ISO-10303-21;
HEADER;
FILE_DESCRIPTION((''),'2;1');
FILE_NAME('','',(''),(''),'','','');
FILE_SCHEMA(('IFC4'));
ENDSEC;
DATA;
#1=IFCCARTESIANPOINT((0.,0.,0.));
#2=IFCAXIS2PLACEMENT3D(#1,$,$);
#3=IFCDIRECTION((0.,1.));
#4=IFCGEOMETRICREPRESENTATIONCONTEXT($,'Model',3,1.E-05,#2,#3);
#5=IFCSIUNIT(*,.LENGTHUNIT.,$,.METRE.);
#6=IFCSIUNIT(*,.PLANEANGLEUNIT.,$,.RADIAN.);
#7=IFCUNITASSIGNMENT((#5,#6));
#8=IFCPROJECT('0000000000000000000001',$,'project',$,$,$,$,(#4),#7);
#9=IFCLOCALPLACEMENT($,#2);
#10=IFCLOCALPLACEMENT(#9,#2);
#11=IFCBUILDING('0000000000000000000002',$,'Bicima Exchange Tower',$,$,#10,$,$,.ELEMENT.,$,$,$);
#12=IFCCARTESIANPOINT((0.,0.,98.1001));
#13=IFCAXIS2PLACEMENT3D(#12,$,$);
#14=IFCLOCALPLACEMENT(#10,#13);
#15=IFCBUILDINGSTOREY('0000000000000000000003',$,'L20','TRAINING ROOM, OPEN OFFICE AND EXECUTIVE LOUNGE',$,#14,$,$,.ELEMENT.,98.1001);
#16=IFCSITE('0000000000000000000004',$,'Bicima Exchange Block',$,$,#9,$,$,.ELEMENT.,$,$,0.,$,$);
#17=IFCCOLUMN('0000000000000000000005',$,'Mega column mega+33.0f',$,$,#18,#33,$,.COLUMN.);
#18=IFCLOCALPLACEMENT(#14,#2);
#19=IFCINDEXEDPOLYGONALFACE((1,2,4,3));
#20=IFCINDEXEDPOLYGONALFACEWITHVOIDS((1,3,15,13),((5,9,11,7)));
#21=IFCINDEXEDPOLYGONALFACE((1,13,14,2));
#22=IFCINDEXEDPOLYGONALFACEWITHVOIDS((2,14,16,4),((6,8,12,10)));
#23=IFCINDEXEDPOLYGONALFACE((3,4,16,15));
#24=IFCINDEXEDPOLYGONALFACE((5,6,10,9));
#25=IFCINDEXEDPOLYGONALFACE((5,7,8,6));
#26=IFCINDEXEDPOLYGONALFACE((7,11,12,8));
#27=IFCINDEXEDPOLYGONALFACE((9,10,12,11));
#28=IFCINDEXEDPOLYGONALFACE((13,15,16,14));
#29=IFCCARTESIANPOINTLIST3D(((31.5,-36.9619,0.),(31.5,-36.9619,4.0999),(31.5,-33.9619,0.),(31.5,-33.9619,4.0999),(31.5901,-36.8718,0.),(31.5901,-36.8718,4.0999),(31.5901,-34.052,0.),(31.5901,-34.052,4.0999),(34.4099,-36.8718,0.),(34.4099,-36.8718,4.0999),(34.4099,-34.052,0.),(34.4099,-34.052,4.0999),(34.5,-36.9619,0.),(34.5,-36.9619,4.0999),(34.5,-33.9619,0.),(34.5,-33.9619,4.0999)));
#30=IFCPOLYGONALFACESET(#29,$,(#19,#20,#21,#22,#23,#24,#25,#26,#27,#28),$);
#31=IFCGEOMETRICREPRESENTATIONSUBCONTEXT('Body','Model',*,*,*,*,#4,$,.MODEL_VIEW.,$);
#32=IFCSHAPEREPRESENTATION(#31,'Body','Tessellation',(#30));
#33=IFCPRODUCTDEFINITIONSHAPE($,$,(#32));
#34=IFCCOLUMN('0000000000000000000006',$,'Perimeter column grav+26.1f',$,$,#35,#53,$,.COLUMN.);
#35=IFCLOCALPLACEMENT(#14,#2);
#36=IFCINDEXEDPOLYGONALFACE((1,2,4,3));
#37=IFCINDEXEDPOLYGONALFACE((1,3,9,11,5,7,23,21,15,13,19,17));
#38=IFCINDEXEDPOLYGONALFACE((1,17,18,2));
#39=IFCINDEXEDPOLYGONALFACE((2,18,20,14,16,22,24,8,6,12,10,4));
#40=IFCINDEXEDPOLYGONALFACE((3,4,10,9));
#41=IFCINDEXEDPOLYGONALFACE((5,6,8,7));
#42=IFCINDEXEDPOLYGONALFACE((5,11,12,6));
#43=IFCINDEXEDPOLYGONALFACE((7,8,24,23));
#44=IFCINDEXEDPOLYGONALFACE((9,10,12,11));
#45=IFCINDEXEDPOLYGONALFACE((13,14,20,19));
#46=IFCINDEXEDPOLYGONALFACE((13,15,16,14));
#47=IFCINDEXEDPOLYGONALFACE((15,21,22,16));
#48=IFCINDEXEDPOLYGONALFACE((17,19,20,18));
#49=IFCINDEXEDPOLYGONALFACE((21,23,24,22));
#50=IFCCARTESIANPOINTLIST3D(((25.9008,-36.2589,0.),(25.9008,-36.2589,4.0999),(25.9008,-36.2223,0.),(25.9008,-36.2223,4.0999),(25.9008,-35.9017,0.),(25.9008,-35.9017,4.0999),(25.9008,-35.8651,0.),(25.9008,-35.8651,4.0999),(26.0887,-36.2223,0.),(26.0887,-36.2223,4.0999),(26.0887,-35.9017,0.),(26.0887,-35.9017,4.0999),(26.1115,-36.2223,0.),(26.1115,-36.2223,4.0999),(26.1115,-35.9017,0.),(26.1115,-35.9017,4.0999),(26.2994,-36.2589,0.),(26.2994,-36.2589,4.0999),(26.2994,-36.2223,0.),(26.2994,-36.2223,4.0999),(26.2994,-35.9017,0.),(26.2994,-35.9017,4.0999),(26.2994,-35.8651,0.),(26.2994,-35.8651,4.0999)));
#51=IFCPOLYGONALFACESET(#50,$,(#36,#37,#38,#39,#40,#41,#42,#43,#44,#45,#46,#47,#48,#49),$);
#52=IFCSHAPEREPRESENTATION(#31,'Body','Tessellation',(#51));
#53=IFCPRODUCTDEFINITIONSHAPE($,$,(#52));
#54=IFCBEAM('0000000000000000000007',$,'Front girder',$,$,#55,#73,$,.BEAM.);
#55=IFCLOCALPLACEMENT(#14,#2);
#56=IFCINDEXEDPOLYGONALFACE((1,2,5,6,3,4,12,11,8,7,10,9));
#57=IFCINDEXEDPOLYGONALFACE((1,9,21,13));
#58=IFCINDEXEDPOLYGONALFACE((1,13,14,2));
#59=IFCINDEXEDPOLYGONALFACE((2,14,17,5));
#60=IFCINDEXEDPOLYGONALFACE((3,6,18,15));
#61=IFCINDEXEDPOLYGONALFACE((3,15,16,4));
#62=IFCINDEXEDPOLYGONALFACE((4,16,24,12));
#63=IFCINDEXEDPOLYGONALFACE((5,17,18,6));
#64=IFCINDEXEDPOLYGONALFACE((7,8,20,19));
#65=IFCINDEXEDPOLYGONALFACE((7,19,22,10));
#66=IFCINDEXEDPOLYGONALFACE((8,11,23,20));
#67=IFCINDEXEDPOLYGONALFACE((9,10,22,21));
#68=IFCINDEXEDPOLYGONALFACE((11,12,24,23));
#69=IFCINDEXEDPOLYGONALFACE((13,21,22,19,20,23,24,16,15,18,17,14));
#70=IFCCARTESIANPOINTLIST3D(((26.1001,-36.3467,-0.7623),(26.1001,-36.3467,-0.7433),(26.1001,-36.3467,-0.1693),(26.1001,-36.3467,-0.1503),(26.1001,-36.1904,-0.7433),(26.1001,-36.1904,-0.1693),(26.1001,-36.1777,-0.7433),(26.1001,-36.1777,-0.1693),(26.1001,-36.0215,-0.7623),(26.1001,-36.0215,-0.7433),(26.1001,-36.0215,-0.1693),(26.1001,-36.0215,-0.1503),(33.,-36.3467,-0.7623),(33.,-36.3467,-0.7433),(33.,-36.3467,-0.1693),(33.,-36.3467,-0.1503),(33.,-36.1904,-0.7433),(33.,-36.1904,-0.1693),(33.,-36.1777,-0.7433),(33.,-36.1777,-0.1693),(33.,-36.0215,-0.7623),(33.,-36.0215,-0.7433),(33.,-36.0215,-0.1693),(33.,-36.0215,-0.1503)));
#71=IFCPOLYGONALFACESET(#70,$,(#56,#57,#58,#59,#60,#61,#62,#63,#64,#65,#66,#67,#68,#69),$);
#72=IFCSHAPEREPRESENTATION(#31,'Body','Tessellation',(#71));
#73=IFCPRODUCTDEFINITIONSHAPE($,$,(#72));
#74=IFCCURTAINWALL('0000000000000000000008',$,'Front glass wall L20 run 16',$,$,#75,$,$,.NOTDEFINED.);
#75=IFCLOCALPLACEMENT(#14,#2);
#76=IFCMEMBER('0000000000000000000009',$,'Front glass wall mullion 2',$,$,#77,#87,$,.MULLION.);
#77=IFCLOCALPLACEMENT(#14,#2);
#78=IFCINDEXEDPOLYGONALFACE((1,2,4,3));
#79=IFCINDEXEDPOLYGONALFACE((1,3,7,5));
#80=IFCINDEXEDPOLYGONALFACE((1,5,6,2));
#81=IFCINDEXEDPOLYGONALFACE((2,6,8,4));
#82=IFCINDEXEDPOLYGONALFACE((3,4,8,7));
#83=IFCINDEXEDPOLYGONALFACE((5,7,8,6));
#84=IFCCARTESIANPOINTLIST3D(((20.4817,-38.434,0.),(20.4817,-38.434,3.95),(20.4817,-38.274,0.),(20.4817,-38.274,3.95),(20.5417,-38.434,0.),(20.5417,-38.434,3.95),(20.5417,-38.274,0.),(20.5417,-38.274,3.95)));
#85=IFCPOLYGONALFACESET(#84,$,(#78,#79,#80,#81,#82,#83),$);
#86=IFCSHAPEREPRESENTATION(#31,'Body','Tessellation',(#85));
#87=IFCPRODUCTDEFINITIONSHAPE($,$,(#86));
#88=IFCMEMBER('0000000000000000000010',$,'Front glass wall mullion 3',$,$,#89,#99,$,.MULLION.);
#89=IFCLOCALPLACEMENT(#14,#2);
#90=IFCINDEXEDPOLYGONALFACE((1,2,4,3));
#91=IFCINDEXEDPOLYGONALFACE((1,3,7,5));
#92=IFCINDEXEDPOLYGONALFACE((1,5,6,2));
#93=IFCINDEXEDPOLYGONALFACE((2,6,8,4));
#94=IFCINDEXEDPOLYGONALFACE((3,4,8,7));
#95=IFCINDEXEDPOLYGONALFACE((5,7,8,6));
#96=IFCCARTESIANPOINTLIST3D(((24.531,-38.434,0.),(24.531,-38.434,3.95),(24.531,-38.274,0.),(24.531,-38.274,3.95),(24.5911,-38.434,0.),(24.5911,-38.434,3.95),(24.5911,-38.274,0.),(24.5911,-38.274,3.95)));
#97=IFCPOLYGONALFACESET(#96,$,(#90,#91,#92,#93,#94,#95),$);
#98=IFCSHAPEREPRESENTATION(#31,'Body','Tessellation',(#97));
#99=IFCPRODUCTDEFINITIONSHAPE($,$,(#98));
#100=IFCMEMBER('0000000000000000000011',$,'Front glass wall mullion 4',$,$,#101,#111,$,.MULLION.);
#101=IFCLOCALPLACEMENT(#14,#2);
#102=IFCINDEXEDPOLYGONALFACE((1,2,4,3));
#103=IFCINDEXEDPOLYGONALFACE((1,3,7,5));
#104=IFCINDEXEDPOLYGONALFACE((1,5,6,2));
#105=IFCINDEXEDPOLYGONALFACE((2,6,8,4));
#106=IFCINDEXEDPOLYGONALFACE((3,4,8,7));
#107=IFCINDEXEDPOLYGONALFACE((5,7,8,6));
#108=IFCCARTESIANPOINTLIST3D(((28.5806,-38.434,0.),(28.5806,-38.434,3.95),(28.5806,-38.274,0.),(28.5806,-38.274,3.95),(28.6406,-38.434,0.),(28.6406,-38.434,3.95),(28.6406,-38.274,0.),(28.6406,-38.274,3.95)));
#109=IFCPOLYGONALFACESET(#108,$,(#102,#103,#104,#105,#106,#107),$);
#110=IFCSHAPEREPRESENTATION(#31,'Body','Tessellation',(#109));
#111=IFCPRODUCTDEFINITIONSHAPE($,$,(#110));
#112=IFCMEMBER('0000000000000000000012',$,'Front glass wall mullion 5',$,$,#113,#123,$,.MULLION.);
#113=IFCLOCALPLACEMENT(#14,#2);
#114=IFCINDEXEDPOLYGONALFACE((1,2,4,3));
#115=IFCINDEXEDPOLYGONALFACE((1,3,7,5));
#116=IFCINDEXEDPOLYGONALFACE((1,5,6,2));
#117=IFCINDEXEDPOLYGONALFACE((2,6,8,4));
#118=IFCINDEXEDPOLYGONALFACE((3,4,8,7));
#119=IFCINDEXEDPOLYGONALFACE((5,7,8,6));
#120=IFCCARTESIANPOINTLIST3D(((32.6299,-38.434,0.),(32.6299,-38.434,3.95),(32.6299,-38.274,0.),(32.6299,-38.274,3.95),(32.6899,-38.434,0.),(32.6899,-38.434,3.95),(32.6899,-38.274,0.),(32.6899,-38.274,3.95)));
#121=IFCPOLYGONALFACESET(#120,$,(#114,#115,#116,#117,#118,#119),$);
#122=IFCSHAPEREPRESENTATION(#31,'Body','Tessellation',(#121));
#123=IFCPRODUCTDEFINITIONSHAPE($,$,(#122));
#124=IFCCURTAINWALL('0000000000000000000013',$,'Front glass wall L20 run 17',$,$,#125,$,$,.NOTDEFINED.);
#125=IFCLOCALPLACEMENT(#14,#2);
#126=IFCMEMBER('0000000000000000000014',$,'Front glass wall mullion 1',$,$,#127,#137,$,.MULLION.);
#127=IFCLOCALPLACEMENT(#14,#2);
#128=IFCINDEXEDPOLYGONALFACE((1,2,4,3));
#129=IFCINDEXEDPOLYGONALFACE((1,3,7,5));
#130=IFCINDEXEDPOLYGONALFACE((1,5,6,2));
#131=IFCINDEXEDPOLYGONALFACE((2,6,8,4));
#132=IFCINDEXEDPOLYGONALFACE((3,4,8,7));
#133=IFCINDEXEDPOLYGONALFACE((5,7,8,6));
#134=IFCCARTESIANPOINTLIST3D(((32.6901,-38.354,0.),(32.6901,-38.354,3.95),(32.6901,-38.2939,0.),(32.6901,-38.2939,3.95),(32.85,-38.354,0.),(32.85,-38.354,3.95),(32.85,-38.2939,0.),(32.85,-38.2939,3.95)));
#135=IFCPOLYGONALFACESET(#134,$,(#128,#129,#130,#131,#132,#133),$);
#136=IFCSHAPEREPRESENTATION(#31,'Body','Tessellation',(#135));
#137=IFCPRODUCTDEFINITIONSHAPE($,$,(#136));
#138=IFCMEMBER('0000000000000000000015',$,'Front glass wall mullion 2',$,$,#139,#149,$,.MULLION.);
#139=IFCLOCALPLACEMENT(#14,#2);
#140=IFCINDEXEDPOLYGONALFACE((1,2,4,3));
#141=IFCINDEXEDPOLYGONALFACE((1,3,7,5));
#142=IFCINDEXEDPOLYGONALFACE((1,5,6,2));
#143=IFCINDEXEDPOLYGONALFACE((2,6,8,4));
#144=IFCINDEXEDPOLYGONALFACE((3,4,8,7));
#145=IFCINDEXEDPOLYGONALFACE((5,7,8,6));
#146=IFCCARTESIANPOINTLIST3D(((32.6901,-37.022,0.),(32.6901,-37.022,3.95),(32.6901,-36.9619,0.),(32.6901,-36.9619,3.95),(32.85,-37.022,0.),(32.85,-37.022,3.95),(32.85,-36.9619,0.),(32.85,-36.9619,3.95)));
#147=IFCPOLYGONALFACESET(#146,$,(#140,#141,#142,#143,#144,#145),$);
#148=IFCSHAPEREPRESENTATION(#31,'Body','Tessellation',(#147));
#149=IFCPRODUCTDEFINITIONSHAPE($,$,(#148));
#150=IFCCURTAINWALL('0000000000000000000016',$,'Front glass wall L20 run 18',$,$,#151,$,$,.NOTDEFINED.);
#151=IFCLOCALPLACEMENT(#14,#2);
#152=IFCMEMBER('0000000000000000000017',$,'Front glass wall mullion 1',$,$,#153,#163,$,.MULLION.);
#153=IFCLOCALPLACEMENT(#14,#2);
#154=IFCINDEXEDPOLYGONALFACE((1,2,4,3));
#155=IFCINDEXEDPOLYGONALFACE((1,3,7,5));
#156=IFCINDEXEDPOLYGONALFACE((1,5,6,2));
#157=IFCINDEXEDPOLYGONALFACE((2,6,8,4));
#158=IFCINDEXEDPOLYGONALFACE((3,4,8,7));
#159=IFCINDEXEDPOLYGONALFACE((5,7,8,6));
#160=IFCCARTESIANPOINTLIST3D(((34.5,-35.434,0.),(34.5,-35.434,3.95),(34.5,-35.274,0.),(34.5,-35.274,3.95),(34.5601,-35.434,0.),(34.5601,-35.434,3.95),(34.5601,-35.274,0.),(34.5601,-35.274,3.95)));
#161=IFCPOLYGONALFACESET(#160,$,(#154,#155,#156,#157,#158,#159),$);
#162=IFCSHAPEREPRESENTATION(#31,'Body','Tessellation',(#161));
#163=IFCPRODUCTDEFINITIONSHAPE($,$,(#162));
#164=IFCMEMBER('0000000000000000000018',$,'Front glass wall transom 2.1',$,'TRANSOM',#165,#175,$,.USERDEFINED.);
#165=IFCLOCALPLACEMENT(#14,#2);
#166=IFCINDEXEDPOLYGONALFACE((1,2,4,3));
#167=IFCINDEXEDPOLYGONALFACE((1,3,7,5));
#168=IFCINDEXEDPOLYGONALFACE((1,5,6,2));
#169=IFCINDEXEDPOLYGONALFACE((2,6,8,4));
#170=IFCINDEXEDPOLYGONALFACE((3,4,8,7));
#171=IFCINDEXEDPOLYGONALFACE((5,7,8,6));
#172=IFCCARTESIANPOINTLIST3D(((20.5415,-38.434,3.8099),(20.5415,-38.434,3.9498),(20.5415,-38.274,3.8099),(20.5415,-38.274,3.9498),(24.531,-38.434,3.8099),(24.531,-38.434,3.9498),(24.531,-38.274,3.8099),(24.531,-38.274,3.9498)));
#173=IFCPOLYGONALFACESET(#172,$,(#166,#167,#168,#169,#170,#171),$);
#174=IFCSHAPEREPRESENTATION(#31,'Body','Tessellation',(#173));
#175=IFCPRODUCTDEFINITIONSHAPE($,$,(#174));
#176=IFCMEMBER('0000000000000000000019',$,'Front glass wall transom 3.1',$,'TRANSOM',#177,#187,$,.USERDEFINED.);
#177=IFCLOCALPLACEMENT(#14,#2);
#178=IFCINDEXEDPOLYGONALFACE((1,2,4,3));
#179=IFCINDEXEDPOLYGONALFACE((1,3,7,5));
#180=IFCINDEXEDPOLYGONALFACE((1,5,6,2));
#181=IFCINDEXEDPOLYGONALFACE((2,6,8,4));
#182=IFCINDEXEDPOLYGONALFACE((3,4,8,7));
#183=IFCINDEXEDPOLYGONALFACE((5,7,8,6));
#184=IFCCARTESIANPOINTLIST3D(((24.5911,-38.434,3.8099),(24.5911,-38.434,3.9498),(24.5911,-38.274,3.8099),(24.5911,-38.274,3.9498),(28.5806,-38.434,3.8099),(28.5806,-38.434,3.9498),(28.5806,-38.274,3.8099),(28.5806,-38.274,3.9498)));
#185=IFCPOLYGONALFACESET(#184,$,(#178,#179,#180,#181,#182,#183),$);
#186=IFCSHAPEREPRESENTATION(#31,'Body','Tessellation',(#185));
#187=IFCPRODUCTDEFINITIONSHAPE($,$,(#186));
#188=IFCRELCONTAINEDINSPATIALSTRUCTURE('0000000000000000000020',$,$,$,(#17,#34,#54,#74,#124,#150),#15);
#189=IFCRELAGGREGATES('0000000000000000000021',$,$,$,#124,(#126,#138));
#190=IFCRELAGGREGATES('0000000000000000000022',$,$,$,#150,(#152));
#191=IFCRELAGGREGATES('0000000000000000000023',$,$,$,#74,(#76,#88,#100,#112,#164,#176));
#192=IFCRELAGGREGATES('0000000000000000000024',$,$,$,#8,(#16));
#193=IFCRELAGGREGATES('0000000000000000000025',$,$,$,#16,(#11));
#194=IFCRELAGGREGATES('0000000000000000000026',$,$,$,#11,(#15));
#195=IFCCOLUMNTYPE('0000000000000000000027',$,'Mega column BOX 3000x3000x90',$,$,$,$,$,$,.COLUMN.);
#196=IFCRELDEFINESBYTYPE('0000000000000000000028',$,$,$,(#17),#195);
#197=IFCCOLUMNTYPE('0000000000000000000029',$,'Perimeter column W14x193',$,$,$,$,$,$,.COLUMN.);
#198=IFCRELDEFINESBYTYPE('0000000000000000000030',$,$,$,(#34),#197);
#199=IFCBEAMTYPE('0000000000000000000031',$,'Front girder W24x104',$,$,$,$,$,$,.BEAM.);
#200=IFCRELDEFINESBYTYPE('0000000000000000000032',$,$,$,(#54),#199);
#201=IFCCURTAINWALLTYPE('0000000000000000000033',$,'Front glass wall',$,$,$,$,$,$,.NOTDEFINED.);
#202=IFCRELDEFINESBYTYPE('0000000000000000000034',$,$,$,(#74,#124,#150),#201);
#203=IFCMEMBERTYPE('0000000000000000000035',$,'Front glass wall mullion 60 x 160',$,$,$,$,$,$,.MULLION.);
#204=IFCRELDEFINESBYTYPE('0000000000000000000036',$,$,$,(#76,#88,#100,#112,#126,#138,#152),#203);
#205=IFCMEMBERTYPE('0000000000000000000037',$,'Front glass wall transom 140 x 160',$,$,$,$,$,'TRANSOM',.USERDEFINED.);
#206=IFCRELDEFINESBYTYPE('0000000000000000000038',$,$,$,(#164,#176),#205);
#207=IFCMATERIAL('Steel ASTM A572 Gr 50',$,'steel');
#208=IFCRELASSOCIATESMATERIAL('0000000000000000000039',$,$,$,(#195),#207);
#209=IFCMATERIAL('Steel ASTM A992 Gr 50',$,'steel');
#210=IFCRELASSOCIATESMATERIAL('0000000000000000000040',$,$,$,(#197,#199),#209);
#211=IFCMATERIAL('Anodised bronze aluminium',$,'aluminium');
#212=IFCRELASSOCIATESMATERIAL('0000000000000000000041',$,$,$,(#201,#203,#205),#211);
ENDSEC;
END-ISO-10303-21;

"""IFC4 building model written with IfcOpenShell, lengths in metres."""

from ifc_helpers import new_model, si_unit, direction, frame, origin, origin_2d, place, context, subcontext, project, spatial, rectangle, hollow_rectangle, i_section, extrude, material, material_profile, profile_set, type_object, element, aggregate, save


model = new_model("IFC4")

# Units and contexts
model_context = context("Model", 3, precision=1e-05, world=origin(), true_north=direction((0.0, 1.0)))
body_context = subcontext(model_context, "Body", "Model", "MODEL_VIEW")
ifc_project = project(units=[si_unit("LENGTHUNIT", "METRE"), si_unit("PLANEANGLEUNIT", "RADIAN")], contexts=[model_context])

# Site, building, storey
site_placement = place(None, origin())
site = spatial("IfcSite", under=ifc_project, at=site_placement, Name="Bicima Exchange Block", CompositionType="ELEMENT", RefElevation=0.0)
building_placement = place(site_placement, origin())
building = spatial("IfcBuilding", under=site, at=building_placement, Name="Bicima Exchange Tower", CompositionType="ELEMENT")
storey_placement = place(building_placement, frame((0.0, 0.0, 98.1001)))
storey = spatial("IfcBuildingStorey", under=building, at=storey_placement, Name="L20", Description="TRAINING ROOM, OPEN OFFICE AND EXECUTIVE LOUNGE", CompositionType="ELEMENT", Elevation=98.1001)

# Columns
ifc_material_1 = material(Name="Steel ASTM A572 Gr 50", Category="steel")
ifc_material_profile_1 = material_profile(ifc_material_1, hollow_rectangle(XDim=3.0, YDim=3.0, WallThickness=0.0901, at=origin_2d()))
ifc_profile_set_1 = profile_set([ifc_material_profile_1], Name="Steel ASTM A572 Gr 50")
column_type_1 = type_object("IfcColumnType", Name="Mega column BOX 3000x3000x90", PredefinedType="COLUMN", material=ifc_profile_set_1)
column_1_placement = place(storey_placement, frame((33.0, -35.4619, 0.0), z_axis=(0.0, 0.0, 1.0), x_axis=(1.0, 0.0, 0.0)))
element("IfcColumn", 1, at=column_1_placement, inside=storey, type_object=column_type_1, Name="Mega column mega+33.0f", PredefinedType="COLUMN", context=body_context, shape_type="SweptSolid", body=[
    extrude(hollow_rectangle(XDim=3.0, YDim=3.0, WallThickness=0.0901, at=origin_2d()), origin(), (0.0, 0.0, 1.0), 4.0999),
])
ifc_material_2 = material(Name="Steel ASTM A992 Gr 50", Category="steel")
ifc_material_profile_2 = material_profile(ifc_material_2, i_section(OverallWidth=0.3987, OverallDepth=0.3938, WebThickness=0.0227, FlangeThickness=0.0366, at=origin_2d()))
ifc_profile_set_2 = profile_set([ifc_material_profile_2], Name="Steel ASTM A992 Gr 50")
column_type_2 = type_object("IfcColumnType", Name="Perimeter column W14x193", PredefinedType="COLUMN", material=ifc_profile_set_2)
column_2_placement = place(storey_placement, frame((26.1001, -36.062, 0.0), z_axis=(0.0, 0.0, 1.0), x_axis=(1.0, 0.0, 0.0)))
element("IfcColumn", 2, at=column_2_placement, inside=storey, type_object=column_type_2, Name="Perimeter column grav+26.1f", PredefinedType="COLUMN", context=body_context, shape_type="SweptSolid", body=[
    extrude(i_section(OverallWidth=0.3987, OverallDepth=0.3938, WebThickness=0.0227, FlangeThickness=0.0366, at=origin_2d()), origin(), (0.0, 0.0, 1.0), 4.0999),
])

# Beam
ifc_material_profile_3 = material_profile(ifc_material_2, i_section(OverallWidth=0.3252, OverallDepth=0.6121, WebThickness=0.0127, FlangeThickness=0.019, at=origin_2d()))
ifc_profile_set_3 = profile_set([ifc_material_profile_3], Name="Steel ASTM A992 Gr 50")
beam_type = type_object("IfcBeamType", Name="Front girder W24x104", PredefinedType="BEAM", material=ifc_profile_set_3)
beam_placement = place(storey_placement, frame((26.1001, -36.1841, -0.4563), z_axis=(1.0, 0.0, 0.0), x_axis=(0.0, 1.0, 0.0)))
element("IfcBeam", 3, at=beam_placement, inside=storey, type_object=beam_type, Name="Front girder", PredefinedType="BEAM", context=body_context, shape_type="SweptSolid", body=[
    extrude(i_section(OverallWidth=0.3252, OverallDepth=0.6121, WebThickness=0.0127, FlangeThickness=0.019, at=origin_2d()), origin(), (0.0, 0.0, 1.0), 6.8999),
])

# Curtain walls, members
ifc_material_3 = material(Name="Anodised bronze aluminium", Category="aluminium")
curtain_wall_type = type_object("IfcCurtainWallType", Name="Front glass wall", PredefinedType="NOTDEFINED", material=ifc_material_3)
curtain_wall_1_placement = place(storey_placement, origin())
curtain_wall_1 = element("IfcCurtainWall", 4, at=curtain_wall_1_placement, inside=storey, type_object=curtain_wall_type, Name="Front glass wall L20 run 16", PredefinedType="NOTDEFINED")
ifc_material_profile_4 = material_profile(ifc_material_3, rectangle(XDim=0.1599, YDim=0.0601, at=origin_2d()))
ifc_profile_set_4 = profile_set([ifc_material_profile_4], Name="Anodised bronze aluminium")
member_type_1 = type_object("IfcMemberType", Name="Front glass wall mullion 60 x 160", PredefinedType="MULLION", material=ifc_profile_set_4)
member_1_placement = place(storey_placement, frame((20.5117, -38.354, 0.0), z_axis=(0.0, 0.0, 1.0), x_axis=(0.0, 1.0, 0.0)))
member_1 = element("IfcMember", 5, at=member_1_placement, type_object=member_type_1, Name="Front glass wall mullion 2", PredefinedType="MULLION", context=body_context, shape_type="SweptSolid", body=[
    extrude(rectangle(XDim=0.1599, YDim=0.0601, at=origin_2d()), origin(), (0.0, 0.0, 1.0), 3.95),
])
member_2_placement = place(storey_placement, frame((24.561, -38.354, 0.0), z_axis=(0.0, 0.0, 1.0), x_axis=(0.0, 1.0, 0.0)))
member_2 = element("IfcMember", 6, at=member_2_placement, type_object=member_type_1, Name="Front glass wall mullion 3", PredefinedType="MULLION", context=body_context, shape_type="SweptSolid", body=[
    extrude(rectangle(XDim=0.1599, YDim=0.0601, at=origin_2d()), origin(), (0.0, 0.0, 1.0), 3.95),
])
member_3_placement = place(storey_placement, frame((28.6106, -38.354, 0.0), z_axis=(0.0, 0.0, 1.0), x_axis=(0.0, 1.0, 0.0)))
member_3 = element("IfcMember", 7, at=member_3_placement, type_object=member_type_1, Name="Front glass wall mullion 4", PredefinedType="MULLION", context=body_context, shape_type="SweptSolid", body=[
    extrude(rectangle(XDim=0.1599, YDim=0.0601, at=origin_2d()), origin(), (0.0, 0.0, 1.0), 3.95),
])
member_4_placement = place(storey_placement, frame((32.6599, -38.354, 0.0), z_axis=(0.0, 0.0, 1.0), x_axis=(0.0, 1.0, 0.0)))
member_4 = element("IfcMember", 8, at=member_4_placement, type_object=member_type_1, Name="Front glass wall mullion 5", PredefinedType="MULLION", context=body_context, shape_type="SweptSolid", body=[
    extrude(rectangle(XDim=0.1599, YDim=0.0601, at=origin_2d()), origin(), (0.0, 0.0, 1.0), 3.95),
])
curtain_wall_2_placement = place(storey_placement, origin())
curtain_wall_2 = element("IfcCurtainWall", 9, at=curtain_wall_2_placement, inside=storey, type_object=curtain_wall_type, Name="Front glass wall L20 run 17", PredefinedType="NOTDEFINED")
member_5_placement = place(storey_placement, frame((32.77, -38.324, 0.0), z_axis=(0.0, 0.0, 1.0), x_axis=(-1.0, 0.0, 0.0)))
member_5 = element("IfcMember", 10, at=member_5_placement, type_object=member_type_1, Name="Front glass wall mullion 1", PredefinedType="MULLION", context=body_context, shape_type="SweptSolid", body=[
    extrude(rectangle(XDim=0.1599, YDim=0.0601, at=origin_2d()), origin(), (0.0, 0.0, 1.0), 3.95),
])
member_6_placement = place(storey_placement, frame((32.77, -36.9919, 0.0), z_axis=(0.0, 0.0, 1.0), x_axis=(-1.0, 0.0, 0.0)))
member_6 = element("IfcMember", 11, at=member_6_placement, type_object=member_type_1, Name="Front glass wall mullion 2", PredefinedType="MULLION", context=body_context, shape_type="SweptSolid", body=[
    extrude(rectangle(XDim=0.1599, YDim=0.0601, at=origin_2d()), origin(), (0.0, 0.0, 1.0), 3.95),
])

# Curtain wall, member
curtain_wall_3_placement = place(storey_placement, origin())
curtain_wall_3 = element("IfcCurtainWall", 12, at=curtain_wall_3_placement, inside=storey, type_object=curtain_wall_type, Name="Front glass wall L20 run 18", PredefinedType="NOTDEFINED")
member_7_placement = place(storey_placement, frame((34.53, -35.354, 0.0), z_axis=(0.0, 0.0, 1.0), x_axis=(0.0, 1.0, 0.0)))
member_7 = element("IfcMember", 13, at=member_7_placement, type_object=member_type_1, Name="Front glass wall mullion 1", PredefinedType="MULLION", context=body_context, shape_type="SweptSolid", body=[
    extrude(rectangle(XDim=0.1599, YDim=0.0601, at=origin_2d()), origin(), (0.0, 0.0, 1.0), 3.95),
])

# Members
ifc_material_profile_5 = material_profile(ifc_material_3, rectangle(XDim=0.1599, YDim=0.1399, at=origin_2d()))
ifc_profile_set_5 = profile_set([ifc_material_profile_5], Name="Anodised bronze aluminium")
member_type_2 = type_object("IfcMemberType", Name="Front glass wall transom 140 x 160", ElementType="TRANSOM", PredefinedType="USERDEFINED", material=ifc_profile_set_5)
member_8_placement = place(storey_placement, frame((20.5415, -38.354, 3.8799), z_axis=(1.0, 0.0, 0.0), x_axis=(0.0, 1.0, 0.0)))
member_8 = element("IfcMember", 14, at=member_8_placement, type_object=member_type_2, Name="Front glass wall transom 2.1", ObjectType="TRANSOM", PredefinedType="USERDEFINED", context=body_context, shape_type="SweptSolid", body=[
    extrude(rectangle(XDim=0.1599, YDim=0.1399, at=origin_2d()), origin(), (0.0, 0.0, 1.0), 3.9895),
])
member_9_placement = place(storey_placement, frame((24.5911, -38.354, 3.8799), z_axis=(1.0, 0.0, 0.0), x_axis=(0.0, 1.0, 0.0)))
member_9 = element("IfcMember", 15, at=member_9_placement, type_object=member_type_2, Name="Front glass wall transom 3.1", ObjectType="TRANSOM", PredefinedType="USERDEFINED", context=body_context, shape_type="SweptSolid", body=[
    extrude(rectangle(XDim=0.1599, YDim=0.1399, at=origin_2d()), origin(), (0.0, 0.0, 1.0), 3.9895),
])

aggregate(curtain_wall_2, [member_5, member_6])
aggregate(curtain_wall_3, [member_7])
aggregate(curtain_wall_1, [member_1, member_2, member_3, member_4, member_8, member_9])

save(model, "model.ifc")
